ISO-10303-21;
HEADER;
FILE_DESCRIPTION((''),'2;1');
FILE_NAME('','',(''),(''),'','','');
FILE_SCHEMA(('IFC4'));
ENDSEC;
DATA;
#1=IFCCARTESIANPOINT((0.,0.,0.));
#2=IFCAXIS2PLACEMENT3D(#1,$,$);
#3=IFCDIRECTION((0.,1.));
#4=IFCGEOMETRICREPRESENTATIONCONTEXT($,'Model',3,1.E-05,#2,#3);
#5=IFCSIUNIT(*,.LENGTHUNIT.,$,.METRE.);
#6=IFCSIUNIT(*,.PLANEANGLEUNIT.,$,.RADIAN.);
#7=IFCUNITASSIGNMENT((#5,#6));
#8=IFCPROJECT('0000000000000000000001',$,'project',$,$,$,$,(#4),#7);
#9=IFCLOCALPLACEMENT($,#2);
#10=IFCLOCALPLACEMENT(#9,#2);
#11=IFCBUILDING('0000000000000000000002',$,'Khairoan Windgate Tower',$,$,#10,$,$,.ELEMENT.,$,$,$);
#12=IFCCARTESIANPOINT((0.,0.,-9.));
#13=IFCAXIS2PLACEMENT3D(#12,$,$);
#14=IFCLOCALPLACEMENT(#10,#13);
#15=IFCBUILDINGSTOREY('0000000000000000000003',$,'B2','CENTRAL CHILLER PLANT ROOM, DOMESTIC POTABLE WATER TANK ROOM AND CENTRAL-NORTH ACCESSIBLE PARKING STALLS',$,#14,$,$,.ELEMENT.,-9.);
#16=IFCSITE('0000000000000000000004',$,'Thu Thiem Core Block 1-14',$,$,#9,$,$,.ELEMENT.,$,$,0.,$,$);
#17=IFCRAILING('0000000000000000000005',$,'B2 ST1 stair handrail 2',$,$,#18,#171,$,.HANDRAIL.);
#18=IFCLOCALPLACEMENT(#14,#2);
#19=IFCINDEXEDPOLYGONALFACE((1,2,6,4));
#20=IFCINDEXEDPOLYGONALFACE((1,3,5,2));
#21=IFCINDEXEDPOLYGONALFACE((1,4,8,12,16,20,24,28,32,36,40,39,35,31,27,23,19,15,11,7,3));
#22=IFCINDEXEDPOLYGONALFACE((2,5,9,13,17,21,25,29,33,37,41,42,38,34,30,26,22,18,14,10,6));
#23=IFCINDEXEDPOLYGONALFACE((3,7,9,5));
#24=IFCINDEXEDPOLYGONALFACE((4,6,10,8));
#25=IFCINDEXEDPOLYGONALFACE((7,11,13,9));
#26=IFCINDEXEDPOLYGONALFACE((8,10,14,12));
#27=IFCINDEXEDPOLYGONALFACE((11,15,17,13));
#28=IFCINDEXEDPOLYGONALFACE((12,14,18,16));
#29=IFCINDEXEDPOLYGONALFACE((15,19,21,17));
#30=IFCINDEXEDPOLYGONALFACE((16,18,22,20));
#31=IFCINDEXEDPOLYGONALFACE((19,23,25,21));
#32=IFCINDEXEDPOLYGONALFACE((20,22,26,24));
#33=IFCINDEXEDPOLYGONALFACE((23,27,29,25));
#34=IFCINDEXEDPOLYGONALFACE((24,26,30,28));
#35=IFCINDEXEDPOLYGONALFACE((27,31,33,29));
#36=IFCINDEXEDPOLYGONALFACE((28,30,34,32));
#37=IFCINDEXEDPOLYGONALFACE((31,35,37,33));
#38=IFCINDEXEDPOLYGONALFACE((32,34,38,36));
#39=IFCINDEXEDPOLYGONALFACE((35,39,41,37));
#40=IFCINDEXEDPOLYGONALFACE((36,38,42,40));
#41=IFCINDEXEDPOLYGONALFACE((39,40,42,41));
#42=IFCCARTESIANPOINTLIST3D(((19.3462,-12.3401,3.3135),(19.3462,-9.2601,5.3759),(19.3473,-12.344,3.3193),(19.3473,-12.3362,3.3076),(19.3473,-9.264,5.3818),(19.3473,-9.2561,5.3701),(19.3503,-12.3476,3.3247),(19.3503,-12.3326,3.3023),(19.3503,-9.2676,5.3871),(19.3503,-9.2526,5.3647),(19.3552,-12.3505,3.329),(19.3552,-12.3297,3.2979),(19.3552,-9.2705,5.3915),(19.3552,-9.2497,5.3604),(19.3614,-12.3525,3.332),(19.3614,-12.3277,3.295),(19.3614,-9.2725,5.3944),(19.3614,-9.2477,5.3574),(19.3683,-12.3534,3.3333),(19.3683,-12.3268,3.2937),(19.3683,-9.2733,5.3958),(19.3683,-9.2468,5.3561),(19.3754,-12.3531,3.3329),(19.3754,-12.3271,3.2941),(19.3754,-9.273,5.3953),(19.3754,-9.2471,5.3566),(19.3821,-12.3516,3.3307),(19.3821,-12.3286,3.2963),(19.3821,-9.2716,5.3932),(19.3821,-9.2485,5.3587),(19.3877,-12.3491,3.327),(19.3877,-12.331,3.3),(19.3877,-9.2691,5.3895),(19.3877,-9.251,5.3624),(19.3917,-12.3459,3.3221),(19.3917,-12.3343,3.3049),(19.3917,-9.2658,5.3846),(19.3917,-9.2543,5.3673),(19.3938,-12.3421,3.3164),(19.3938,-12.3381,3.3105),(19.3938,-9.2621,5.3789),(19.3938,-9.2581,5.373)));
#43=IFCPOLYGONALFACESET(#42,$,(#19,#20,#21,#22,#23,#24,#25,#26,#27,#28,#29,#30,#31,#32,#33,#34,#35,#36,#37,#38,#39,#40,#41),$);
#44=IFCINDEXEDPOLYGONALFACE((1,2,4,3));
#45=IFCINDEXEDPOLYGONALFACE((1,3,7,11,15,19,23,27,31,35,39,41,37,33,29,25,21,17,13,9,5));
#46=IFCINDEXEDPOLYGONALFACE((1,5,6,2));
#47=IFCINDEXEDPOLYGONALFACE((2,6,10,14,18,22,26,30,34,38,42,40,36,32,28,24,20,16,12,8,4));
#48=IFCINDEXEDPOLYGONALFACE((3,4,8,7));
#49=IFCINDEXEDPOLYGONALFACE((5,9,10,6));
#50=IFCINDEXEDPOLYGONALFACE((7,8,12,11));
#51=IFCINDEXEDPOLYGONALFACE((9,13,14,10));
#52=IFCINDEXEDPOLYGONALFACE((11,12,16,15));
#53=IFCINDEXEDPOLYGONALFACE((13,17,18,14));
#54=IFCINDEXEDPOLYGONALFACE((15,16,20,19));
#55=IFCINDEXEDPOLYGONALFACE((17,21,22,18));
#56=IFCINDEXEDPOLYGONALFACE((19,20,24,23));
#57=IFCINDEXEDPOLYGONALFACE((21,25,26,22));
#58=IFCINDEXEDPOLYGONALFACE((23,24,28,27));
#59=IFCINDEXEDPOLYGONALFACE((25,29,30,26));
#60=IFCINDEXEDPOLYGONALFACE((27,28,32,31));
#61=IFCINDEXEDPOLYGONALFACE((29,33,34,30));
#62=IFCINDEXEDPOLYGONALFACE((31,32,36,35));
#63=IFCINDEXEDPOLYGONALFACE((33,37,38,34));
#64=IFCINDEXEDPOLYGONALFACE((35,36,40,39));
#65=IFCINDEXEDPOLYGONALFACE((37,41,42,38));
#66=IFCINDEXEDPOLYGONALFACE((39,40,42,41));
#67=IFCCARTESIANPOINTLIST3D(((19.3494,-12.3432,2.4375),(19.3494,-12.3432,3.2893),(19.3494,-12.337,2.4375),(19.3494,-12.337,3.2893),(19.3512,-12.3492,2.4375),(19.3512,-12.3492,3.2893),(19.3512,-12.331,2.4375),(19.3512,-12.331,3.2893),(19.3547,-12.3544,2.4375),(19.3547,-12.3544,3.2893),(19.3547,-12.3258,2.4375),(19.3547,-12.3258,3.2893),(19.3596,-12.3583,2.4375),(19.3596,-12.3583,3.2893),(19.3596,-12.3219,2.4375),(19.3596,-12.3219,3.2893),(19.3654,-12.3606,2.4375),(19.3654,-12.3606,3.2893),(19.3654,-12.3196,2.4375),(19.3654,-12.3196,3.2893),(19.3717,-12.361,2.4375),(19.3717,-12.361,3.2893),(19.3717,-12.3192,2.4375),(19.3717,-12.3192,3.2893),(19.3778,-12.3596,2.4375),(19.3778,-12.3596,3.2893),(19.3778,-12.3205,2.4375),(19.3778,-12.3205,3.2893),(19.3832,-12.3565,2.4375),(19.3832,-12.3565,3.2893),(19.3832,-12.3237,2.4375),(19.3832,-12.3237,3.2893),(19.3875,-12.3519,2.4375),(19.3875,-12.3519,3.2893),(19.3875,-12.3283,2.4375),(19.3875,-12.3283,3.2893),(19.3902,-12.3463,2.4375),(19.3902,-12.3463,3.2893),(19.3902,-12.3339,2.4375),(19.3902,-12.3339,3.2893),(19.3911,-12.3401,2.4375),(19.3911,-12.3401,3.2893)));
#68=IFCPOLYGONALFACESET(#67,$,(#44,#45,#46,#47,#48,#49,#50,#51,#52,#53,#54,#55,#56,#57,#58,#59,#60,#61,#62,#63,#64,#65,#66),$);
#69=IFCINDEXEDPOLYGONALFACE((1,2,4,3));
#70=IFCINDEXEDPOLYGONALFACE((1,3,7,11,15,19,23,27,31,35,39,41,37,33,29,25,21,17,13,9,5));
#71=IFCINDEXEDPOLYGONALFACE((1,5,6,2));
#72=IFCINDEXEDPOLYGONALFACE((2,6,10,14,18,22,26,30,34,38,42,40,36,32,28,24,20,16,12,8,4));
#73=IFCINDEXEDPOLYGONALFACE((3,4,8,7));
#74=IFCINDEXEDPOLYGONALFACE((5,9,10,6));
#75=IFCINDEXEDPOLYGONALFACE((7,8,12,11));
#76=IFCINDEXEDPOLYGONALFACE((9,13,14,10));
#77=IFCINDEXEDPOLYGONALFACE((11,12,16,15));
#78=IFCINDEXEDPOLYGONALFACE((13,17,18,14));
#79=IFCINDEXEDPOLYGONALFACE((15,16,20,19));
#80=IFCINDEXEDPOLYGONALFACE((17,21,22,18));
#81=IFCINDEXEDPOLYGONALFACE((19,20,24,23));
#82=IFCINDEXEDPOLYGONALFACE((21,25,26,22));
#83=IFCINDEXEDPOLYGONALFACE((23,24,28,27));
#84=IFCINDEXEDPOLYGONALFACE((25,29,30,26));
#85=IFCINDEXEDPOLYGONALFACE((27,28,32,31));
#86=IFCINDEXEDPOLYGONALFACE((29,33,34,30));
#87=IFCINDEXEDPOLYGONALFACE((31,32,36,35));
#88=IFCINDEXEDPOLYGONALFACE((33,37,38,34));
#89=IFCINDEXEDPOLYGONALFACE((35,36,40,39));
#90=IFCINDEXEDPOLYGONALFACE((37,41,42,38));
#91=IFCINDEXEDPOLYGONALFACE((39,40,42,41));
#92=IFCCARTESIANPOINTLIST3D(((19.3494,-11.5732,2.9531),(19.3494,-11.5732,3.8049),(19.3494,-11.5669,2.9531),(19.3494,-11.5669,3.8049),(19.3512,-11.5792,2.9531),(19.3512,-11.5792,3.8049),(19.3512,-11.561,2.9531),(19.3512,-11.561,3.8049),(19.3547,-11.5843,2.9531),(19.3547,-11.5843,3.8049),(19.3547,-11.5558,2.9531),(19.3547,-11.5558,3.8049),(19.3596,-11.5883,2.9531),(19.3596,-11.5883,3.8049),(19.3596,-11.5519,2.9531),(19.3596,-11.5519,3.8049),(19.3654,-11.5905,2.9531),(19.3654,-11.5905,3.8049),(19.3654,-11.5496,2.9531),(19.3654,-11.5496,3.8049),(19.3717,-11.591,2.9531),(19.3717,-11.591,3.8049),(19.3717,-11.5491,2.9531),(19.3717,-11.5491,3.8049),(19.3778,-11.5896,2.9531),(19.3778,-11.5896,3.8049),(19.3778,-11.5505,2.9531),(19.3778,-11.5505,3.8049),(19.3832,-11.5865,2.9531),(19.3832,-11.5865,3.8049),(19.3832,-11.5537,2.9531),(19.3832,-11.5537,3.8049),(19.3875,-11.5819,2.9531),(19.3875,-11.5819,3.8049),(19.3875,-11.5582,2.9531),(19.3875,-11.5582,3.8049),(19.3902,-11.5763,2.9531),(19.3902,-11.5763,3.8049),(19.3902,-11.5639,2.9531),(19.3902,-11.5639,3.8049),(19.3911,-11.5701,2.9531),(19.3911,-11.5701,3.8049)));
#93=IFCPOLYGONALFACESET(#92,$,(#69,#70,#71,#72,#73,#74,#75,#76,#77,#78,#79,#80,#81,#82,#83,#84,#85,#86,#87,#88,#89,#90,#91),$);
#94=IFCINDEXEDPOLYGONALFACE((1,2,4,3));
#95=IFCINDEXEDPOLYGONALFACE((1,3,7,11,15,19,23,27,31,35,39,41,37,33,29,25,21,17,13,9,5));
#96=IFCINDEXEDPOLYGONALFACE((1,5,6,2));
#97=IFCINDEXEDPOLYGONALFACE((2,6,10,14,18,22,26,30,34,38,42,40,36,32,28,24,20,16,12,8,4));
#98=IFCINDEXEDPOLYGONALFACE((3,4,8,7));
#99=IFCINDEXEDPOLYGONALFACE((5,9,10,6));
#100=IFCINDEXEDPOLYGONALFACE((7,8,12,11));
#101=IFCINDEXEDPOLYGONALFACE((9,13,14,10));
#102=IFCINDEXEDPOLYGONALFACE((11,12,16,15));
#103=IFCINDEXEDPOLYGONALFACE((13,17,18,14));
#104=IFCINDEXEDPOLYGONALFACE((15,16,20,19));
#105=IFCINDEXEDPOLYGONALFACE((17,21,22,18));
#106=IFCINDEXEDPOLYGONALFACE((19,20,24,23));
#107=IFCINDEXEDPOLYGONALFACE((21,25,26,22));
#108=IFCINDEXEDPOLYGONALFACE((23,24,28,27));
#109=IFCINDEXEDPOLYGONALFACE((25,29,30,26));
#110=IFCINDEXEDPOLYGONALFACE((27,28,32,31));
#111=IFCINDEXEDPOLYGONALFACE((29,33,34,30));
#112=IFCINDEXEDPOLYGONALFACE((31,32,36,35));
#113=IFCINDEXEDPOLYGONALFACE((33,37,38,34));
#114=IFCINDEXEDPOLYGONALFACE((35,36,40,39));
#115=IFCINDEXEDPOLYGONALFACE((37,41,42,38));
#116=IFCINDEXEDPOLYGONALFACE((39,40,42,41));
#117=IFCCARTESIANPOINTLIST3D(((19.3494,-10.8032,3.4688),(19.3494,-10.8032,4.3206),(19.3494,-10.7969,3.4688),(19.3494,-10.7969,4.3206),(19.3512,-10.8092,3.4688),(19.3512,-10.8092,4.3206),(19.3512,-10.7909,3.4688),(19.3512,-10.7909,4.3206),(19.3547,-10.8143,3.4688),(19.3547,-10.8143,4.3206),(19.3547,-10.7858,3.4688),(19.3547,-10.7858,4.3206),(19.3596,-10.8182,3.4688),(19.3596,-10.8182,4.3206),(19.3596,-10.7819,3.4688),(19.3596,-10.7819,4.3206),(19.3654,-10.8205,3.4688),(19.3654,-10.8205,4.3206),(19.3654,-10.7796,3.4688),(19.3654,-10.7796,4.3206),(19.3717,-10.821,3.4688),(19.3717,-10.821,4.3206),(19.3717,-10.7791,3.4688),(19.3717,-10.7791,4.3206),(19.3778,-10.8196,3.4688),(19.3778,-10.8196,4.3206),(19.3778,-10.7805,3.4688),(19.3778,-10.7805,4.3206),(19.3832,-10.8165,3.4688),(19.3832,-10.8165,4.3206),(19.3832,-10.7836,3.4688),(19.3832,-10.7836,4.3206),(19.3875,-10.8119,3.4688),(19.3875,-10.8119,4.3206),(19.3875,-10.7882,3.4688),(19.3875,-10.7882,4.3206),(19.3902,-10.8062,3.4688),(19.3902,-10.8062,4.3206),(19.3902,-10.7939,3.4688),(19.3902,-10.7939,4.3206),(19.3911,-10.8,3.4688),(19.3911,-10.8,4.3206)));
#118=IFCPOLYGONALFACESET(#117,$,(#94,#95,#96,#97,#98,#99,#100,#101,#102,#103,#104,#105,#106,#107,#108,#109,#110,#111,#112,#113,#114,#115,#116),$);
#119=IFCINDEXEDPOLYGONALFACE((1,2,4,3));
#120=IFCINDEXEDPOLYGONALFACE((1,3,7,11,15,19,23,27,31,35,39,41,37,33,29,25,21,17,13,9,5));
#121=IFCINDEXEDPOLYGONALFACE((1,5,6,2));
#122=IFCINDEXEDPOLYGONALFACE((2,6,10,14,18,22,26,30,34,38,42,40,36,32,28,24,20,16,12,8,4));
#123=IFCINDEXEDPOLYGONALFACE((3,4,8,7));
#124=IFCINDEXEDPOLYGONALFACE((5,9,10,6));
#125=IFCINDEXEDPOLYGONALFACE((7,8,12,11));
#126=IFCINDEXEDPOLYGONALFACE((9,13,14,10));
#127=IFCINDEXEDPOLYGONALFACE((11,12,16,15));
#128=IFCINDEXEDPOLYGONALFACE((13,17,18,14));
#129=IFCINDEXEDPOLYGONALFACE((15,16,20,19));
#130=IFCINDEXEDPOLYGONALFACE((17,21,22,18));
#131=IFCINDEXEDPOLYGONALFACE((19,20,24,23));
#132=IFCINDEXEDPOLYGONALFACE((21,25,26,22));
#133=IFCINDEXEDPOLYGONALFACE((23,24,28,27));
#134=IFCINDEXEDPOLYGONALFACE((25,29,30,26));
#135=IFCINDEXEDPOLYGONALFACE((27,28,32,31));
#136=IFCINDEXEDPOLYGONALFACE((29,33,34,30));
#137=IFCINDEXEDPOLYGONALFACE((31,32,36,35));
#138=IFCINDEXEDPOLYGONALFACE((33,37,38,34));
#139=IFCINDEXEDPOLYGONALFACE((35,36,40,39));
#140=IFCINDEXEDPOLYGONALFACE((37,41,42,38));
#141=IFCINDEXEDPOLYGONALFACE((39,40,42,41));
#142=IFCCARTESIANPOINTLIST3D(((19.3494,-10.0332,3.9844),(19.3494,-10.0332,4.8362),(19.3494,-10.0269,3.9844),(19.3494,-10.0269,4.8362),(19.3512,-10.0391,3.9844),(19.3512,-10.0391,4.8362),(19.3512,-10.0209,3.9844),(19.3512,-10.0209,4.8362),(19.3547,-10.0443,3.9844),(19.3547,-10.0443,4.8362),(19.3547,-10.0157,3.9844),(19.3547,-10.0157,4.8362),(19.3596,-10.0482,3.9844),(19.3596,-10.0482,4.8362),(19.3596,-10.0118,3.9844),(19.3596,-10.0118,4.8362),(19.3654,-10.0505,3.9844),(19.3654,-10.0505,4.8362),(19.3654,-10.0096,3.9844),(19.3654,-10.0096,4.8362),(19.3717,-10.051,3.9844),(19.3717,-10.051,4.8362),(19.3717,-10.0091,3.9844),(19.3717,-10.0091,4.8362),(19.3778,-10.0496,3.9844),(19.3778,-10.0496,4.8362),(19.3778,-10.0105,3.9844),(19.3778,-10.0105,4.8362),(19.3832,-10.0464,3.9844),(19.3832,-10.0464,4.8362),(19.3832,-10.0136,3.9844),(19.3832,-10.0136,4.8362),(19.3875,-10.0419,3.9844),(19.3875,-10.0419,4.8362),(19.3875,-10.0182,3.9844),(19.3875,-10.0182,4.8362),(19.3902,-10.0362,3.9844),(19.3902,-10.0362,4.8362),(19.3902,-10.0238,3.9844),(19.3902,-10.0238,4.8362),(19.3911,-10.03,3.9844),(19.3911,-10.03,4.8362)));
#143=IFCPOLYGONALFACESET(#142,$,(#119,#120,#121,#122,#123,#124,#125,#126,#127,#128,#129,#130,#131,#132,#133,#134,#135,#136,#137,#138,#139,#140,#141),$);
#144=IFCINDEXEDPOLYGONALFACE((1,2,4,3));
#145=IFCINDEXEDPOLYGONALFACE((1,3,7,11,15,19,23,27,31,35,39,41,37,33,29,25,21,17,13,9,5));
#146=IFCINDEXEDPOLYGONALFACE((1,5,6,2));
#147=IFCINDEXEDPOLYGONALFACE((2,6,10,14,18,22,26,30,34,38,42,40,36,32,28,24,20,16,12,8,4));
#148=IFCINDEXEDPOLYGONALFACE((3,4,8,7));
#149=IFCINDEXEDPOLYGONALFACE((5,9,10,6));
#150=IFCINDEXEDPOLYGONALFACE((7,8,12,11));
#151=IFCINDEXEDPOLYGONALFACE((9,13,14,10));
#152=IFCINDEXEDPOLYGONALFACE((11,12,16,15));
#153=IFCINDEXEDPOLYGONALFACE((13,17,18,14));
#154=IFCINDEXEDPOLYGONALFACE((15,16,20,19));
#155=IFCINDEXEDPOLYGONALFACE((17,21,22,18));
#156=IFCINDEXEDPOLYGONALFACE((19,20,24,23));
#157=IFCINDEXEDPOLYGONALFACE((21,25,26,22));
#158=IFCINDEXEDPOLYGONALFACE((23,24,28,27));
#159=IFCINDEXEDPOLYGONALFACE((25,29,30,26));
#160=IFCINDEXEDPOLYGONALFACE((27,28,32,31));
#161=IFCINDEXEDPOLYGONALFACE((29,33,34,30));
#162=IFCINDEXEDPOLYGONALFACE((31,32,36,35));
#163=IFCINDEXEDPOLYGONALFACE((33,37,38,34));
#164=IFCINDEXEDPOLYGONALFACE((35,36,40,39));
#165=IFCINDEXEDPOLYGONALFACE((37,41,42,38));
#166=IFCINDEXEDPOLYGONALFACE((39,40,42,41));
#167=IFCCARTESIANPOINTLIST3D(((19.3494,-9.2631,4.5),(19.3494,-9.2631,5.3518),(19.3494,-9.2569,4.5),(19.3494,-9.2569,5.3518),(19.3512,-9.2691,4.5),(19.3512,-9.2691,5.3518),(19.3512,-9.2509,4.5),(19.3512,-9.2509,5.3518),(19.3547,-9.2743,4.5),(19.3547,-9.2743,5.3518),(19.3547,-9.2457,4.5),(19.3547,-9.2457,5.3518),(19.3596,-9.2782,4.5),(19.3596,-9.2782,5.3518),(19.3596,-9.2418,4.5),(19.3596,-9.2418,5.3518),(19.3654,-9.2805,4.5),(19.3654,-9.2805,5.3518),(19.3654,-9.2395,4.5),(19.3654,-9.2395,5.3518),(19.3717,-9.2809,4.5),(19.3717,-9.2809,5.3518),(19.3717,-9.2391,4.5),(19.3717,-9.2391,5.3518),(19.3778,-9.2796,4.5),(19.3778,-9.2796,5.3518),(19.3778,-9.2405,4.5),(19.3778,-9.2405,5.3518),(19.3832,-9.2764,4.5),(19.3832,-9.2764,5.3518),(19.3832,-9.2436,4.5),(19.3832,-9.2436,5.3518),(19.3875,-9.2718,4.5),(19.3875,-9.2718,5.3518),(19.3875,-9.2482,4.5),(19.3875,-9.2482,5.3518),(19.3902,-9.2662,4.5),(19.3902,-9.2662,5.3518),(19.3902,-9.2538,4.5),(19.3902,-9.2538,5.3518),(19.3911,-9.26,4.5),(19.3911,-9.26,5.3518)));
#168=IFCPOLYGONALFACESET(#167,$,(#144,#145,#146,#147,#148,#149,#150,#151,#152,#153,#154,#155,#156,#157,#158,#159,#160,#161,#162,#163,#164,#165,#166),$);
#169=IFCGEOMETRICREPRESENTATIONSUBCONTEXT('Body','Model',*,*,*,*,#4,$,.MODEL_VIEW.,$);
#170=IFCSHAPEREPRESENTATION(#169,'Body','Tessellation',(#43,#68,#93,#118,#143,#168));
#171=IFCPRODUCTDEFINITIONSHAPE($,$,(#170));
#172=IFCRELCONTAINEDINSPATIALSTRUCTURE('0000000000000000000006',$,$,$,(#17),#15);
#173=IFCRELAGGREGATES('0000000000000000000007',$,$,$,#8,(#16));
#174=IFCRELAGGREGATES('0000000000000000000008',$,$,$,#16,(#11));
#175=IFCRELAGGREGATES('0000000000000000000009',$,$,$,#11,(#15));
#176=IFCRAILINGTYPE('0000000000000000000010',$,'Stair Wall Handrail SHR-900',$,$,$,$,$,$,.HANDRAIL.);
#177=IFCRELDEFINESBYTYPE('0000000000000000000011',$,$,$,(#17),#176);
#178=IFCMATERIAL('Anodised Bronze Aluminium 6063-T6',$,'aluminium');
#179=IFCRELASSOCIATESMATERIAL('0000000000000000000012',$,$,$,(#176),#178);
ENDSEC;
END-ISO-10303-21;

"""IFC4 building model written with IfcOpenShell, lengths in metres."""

from ifc_helpers import new_model, si_unit, direction, frame, origin, origin_2d, place, context, subcontext, project, spatial, circle, extrude, material, type_object, element, save


model = new_model("IFC4")

# Units and contexts
model_context = context("Model", 3, precision=1e-05, world=origin(), true_north=direction((0.0, 1.0)))
body_context = subcontext(model_context, "Body", "Model", "MODEL_VIEW")
ifc_project = project(units=[si_unit("LENGTHUNIT", "METRE"), si_unit("PLANEANGLEUNIT", "RADIAN")], contexts=[model_context])

# Site, building, storey
site_placement = place(None, origin())
site = spatial("IfcSite", under=ifc_project, at=site_placement, Name="Thu Thiem Core Block 1-14", CompositionType="ELEMENT", RefElevation=0.0)
building_placement = place(site_placement, origin())
building = spatial("IfcBuilding", under=site, at=building_placement, Name="Khairoan Windgate Tower", CompositionType="ELEMENT")
storey_placement = place(building_placement, frame((0.0, 0.0, -9.0)))
storey = spatial("IfcBuildingStorey", under=building, at=storey_placement, Name="B2", Description="CENTRAL CHILLER PLANT ROOM, DOMESTIC POTABLE WATER TANK ROOM AND CENTRAL-NORTH ACCESSIBLE PARKING STALLS", CompositionType="ELEMENT", Elevation=-9.0)

# Railing
ifc_material_1 = material(Name="Anodised Bronze Aluminium 6063-T6", Category="aluminium")
railing_type_1 = type_object("IfcRailingType", Name="Stair Wall Handrail SHR-900", PredefinedType="HANDRAIL", material=ifc_material_1)
railing_1_placement = place(storey_placement, frame((19.3701, -12.3401, 2.4375)))
element("IfcRailing", 1, at=railing_1_placement, inside=storey, type_object=railing_type_1, Name="B2 ST1 stair handrail 2", PredefinedType="HANDRAIL", context=body_context, shape_type="SweptSolid", body=[
    extrude(circle(Radius=0.0239, at=origin_2d()), frame((0.0, 0.0, 0.876), z_axis=(0.0, 0.830914, 0.556401), x_axis=(-1.0, 0.0, 0.0)), (0.0, 0.0, 1.0), 3.7068),
    extrude(circle(Radius=0.021, at=origin_2d()), origin(), (0.0, 0.0, 1.0), 0.8518),
    extrude(circle(Radius=0.021, at=origin_2d()), frame((0.0, 0.77, 0.5156)), (0.0, 0.0, 1.0), 0.8518),
    extrude(circle(Radius=0.021, at=origin_2d()), frame((0.0, 1.54, 1.0312)), (0.0, 0.0, 1.0), 0.8518),
    extrude(circle(Radius=0.021, at=origin_2d()), frame((0.0, 2.3101, 1.5469)), (0.0, 0.0, 1.0), 0.8518),
    extrude(circle(Radius=0.021, at=origin_2d()), frame((0.0, 3.0801, 2.0625)), (0.0, 0.0, 1.0), 0.8518),
])

save(model, "model.ifc")
